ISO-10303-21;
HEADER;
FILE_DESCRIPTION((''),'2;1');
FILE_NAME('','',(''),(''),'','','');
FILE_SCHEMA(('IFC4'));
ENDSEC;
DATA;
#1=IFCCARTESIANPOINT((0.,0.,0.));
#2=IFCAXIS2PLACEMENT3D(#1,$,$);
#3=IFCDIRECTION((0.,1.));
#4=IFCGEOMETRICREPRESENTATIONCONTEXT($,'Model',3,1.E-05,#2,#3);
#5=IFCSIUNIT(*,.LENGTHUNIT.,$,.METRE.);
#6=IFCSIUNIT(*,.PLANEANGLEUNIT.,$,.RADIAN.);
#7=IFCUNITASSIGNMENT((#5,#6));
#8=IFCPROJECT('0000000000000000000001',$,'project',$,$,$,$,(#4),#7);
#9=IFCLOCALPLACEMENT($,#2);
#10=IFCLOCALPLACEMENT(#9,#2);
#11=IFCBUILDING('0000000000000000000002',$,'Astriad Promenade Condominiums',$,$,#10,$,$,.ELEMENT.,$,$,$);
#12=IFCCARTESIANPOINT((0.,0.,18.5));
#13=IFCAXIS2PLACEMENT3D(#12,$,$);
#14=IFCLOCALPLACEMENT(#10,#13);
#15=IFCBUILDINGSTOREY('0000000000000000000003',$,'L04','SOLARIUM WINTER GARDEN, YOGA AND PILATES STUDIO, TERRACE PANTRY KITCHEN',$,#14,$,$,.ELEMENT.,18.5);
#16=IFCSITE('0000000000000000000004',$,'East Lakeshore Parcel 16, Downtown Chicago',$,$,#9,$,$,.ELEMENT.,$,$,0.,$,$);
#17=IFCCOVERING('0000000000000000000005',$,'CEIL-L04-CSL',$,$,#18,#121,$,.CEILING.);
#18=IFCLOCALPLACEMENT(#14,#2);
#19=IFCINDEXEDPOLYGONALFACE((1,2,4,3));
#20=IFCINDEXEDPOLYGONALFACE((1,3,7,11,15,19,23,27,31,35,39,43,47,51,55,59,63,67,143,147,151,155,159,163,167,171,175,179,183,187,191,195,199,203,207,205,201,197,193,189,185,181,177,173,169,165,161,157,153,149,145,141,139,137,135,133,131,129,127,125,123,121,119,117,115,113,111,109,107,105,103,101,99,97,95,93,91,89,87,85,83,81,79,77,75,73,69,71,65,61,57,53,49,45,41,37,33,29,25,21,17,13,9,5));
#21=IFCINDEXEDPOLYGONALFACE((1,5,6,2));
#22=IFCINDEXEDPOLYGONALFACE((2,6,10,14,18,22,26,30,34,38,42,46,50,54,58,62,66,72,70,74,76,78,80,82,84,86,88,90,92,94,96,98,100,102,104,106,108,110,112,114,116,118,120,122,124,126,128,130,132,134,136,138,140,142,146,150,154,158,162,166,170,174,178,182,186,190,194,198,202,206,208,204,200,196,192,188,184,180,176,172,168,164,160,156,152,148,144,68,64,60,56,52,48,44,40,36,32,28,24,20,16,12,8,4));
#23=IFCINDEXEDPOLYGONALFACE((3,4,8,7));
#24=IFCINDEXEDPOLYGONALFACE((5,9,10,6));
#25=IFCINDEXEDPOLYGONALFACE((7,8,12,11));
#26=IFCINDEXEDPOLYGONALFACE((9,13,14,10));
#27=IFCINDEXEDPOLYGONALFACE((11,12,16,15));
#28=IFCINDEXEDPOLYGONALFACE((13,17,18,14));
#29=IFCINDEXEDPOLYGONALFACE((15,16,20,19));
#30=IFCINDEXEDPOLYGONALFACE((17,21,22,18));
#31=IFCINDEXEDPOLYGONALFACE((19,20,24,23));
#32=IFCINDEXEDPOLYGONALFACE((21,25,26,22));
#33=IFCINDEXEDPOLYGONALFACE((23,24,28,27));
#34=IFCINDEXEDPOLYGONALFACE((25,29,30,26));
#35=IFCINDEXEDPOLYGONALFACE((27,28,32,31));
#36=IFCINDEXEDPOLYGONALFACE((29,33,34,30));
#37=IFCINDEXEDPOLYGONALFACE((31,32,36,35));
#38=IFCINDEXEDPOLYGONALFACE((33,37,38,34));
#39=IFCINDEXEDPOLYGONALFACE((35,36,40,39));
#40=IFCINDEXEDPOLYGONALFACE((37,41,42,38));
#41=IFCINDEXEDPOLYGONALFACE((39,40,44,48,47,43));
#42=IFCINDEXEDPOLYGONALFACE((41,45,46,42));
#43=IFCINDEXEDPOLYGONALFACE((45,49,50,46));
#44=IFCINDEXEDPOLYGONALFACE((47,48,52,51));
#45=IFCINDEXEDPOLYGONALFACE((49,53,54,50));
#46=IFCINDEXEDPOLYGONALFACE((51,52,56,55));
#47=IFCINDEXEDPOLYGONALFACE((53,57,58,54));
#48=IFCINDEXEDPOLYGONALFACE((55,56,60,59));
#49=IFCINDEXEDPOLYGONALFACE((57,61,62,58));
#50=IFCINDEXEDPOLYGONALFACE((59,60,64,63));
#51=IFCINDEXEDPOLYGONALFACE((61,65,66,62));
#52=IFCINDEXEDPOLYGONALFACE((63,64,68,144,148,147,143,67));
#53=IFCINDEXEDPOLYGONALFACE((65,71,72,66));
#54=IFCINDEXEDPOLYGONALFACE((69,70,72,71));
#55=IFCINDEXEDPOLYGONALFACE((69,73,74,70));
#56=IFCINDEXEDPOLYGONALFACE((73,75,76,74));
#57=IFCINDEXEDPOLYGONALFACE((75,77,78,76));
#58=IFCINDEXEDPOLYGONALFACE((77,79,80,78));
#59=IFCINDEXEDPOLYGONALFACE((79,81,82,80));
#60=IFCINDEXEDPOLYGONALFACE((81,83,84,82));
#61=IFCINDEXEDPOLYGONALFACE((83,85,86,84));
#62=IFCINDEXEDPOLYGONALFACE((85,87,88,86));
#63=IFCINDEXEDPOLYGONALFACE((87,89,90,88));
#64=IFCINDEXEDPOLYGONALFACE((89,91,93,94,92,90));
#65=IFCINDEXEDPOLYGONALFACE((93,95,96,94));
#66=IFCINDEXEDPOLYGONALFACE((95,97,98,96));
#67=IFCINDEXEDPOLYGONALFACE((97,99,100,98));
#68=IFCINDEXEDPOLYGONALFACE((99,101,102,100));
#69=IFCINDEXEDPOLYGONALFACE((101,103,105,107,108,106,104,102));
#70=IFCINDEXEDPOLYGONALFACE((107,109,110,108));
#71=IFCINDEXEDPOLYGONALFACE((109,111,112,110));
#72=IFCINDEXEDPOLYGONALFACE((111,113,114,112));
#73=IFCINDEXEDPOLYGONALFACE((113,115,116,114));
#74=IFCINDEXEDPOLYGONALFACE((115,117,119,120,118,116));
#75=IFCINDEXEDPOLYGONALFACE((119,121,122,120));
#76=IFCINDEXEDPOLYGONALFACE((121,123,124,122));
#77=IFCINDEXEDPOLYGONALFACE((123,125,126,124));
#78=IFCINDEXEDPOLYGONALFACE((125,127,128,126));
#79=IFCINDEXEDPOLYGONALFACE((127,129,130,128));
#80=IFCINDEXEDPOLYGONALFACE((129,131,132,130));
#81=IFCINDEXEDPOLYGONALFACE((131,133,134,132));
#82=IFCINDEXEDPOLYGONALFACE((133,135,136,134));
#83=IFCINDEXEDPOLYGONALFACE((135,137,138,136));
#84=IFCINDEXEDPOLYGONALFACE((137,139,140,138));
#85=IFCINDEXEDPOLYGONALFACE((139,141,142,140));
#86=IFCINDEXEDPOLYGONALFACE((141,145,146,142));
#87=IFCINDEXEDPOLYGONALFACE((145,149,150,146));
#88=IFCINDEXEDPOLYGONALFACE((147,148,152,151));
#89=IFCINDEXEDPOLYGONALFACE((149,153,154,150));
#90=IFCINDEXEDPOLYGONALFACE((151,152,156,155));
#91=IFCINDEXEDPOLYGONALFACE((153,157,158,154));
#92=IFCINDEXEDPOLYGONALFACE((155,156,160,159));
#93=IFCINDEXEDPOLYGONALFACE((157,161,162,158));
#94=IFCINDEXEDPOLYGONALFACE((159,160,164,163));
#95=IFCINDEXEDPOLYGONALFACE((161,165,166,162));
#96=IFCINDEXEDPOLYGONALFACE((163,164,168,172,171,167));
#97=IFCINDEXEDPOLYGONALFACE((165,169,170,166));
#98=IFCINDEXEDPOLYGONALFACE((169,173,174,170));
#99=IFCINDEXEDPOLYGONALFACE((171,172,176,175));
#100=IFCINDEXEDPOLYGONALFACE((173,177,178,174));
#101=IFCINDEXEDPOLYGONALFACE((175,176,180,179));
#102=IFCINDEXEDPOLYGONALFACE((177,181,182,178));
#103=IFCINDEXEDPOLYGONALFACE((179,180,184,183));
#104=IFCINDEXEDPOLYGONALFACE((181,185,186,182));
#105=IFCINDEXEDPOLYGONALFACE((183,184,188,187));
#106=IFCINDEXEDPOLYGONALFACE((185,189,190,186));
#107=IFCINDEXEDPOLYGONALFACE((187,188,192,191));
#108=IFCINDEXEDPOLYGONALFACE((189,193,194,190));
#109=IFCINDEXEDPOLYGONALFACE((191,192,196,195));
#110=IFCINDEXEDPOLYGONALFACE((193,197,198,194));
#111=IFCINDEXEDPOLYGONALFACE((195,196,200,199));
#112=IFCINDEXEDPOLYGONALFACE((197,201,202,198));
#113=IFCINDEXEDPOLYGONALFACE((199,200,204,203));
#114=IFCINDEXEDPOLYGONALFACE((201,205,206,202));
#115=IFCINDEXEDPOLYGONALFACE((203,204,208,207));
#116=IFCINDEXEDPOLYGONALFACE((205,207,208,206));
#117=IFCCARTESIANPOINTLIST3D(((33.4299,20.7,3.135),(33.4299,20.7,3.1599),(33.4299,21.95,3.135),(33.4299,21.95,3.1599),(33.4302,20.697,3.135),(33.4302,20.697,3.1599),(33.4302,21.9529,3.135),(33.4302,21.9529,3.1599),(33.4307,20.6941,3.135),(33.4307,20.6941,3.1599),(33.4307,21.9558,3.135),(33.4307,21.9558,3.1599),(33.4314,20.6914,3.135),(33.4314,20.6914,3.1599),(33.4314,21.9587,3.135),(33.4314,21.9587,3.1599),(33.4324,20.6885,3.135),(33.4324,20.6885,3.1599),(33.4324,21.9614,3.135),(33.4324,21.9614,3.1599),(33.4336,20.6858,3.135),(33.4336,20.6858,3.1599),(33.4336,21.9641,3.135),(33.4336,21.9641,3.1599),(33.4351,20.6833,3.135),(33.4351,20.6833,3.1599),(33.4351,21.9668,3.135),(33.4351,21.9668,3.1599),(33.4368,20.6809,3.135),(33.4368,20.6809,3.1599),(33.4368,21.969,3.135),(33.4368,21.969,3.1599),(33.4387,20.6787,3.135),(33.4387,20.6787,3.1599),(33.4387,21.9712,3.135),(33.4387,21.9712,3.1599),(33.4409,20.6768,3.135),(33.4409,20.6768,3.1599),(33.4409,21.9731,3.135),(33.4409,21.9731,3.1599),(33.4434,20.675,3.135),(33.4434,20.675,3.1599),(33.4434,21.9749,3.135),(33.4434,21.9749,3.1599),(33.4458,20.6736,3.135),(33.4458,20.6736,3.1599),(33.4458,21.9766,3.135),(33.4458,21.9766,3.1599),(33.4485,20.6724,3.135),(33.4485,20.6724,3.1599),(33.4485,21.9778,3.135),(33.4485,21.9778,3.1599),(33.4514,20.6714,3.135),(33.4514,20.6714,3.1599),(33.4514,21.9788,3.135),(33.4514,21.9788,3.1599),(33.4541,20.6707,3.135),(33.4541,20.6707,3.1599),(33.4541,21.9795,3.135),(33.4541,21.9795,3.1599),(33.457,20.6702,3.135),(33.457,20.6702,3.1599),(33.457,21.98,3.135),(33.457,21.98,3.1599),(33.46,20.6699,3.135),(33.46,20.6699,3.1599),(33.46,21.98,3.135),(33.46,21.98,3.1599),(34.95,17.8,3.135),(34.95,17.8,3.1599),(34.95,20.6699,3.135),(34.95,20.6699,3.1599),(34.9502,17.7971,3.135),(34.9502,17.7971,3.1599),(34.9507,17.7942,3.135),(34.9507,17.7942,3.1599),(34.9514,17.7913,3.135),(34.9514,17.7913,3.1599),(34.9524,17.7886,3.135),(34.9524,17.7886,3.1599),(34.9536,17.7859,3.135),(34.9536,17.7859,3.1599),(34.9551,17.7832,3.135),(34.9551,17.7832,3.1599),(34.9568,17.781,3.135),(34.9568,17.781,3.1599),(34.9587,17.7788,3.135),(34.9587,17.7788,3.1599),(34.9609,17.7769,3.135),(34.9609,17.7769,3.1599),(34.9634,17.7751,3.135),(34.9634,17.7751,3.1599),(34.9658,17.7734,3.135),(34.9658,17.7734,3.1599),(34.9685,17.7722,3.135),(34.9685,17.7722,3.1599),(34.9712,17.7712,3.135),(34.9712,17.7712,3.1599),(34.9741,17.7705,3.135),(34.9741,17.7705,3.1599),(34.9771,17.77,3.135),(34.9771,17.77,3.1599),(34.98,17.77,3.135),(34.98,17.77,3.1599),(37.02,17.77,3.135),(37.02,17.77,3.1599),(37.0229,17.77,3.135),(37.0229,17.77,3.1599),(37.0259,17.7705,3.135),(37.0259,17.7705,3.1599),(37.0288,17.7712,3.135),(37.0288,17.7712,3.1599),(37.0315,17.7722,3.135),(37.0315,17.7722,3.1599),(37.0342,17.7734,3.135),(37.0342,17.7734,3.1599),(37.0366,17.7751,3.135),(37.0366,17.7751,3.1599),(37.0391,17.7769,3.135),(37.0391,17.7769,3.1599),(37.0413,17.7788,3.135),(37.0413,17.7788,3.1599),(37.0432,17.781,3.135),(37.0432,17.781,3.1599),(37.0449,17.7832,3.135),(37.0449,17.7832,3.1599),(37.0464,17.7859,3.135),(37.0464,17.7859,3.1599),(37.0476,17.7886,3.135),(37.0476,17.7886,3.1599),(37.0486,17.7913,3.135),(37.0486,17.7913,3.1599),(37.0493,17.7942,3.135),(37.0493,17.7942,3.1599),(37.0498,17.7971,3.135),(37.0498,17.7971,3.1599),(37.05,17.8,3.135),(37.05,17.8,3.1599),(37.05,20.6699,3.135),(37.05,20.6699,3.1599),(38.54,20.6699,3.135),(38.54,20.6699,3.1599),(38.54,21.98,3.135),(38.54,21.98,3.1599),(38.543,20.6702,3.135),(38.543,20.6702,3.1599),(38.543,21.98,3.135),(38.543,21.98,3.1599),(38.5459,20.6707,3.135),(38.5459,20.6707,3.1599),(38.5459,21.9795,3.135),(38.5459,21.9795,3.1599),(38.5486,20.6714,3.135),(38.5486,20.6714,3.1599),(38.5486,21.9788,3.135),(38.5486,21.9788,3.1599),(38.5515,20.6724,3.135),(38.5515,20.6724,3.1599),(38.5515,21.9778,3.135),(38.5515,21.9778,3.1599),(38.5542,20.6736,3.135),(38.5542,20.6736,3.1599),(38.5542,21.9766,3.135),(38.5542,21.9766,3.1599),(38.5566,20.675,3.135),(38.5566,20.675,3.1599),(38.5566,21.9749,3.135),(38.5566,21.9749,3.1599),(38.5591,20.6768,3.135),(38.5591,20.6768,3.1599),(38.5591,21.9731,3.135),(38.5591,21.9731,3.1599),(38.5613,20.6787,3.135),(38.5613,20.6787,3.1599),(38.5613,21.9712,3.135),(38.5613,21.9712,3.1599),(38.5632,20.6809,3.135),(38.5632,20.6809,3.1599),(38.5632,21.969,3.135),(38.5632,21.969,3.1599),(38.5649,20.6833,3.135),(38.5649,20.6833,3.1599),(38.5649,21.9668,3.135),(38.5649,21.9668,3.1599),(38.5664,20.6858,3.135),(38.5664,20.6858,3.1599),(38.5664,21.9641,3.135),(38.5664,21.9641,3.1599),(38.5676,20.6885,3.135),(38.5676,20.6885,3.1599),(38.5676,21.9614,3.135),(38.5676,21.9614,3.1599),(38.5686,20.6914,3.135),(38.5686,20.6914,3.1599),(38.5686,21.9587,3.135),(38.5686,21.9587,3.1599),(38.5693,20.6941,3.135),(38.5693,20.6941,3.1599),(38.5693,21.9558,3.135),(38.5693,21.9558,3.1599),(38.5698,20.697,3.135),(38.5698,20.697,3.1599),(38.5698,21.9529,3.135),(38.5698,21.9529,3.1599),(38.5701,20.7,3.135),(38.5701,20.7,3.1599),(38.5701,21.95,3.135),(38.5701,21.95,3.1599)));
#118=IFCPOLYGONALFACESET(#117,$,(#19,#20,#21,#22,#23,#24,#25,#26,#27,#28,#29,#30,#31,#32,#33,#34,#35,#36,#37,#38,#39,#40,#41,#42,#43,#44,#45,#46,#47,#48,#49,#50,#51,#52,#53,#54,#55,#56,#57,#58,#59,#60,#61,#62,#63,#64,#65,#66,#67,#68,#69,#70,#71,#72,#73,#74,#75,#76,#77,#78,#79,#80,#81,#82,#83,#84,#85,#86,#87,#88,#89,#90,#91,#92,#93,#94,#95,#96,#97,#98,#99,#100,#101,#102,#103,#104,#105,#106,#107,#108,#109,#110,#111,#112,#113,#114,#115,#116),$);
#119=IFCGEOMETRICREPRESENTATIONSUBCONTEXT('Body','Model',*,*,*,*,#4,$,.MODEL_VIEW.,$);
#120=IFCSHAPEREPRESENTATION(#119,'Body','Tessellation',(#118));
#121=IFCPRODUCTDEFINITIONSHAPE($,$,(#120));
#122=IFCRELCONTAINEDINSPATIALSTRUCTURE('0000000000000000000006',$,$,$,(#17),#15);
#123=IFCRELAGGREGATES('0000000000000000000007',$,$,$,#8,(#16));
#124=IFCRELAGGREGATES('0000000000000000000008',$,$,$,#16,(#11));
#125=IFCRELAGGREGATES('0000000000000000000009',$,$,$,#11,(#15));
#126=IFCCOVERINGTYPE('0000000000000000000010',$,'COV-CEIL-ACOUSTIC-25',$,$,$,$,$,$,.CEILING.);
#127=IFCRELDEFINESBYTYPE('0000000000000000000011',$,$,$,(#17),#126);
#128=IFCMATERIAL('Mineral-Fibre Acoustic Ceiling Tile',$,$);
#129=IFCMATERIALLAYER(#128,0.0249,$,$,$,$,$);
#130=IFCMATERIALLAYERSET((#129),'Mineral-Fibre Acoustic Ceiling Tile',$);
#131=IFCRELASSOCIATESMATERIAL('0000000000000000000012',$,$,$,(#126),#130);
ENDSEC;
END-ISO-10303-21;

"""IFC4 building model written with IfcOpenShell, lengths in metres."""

from ifc_helpers import new_model, si_unit, direction, frame, origin, place, context, subcontext, project, spatial, polyline, outline, extrude, material, layer, layer_set, type_object, element, save


model = new_model("IFC4")

# Units and contexts
model_context = context("Model", 3, precision=1e-05, world=origin(), true_north=direction((0.0, 1.0)))
body_context = subcontext(model_context, "Body", "Model", "MODEL_VIEW")
ifc_project = project(units=[si_unit("LENGTHUNIT", "METRE"), si_unit("PLANEANGLEUNIT", "RADIAN")], contexts=[model_context])

# Site, building, storey
site_placement = place(None, origin())
site = spatial("IfcSite", under=ifc_project, at=site_placement, Name="East Lakeshore Parcel 16, Downtown Chicago", CompositionType="ELEMENT", RefElevation=0.0)
building_placement = place(site_placement, origin())
building = spatial("IfcBuilding", under=site, at=building_placement, Name="Astriad Promenade Condominiums", CompositionType="ELEMENT")
storey_placement = place(building_placement, frame((0.0, 0.0, 18.5)))
storey = spatial("IfcBuildingStorey", under=building, at=storey_placement, Name="L04", Description="SOLARIUM WINTER GARDEN, YOGA AND PILATES STUDIO, TERRACE PANTRY KITCHEN", CompositionType="ELEMENT", Elevation=18.5)

# Covering
ifc_material_1 = material(Name="Mineral-Fibre Acoustic Ceiling Tile")
ifc_layer_1 = layer(ifc_material_1, 0.0249)
ifc_layer_set_1 = layer_set([ifc_layer_1], Name="Mineral-Fibre Acoustic Ceiling Tile")
covering_type_1 = type_object("IfcCoveringType", Name="COV-CEIL-ACOUSTIC-25", PredefinedType="CEILING", material=ifc_layer_set_1)
covering_1_placement = place(storey_placement, frame((0.0, 0.0, 3.135)))
element("IfcCovering", 1, at=covering_1_placement, inside=storey, type_object=covering_type_1, Name="CEIL-L04-CSL", PredefinedType="CEILING", context=body_context, shape_type="SweptSolid", body=[
    extrude(outline(polyline([(37.05, 17.8), (37.0498, 17.7971), (37.0493, 17.7942), (37.0486, 17.7913), (37.0476, 17.7886), (37.0464, 17.7859), (37.0449, 17.7832), (37.0432, 17.781), (37.0413, 17.7788), (37.0391, 17.7769), (37.0366, 17.7751), (37.0342, 17.7734), (37.0315, 17.7722), (37.0288, 17.7712), (37.0259, 17.7705), (37.0229, 17.77), (37.02, 17.77), (34.98, 17.77), (34.9771, 17.77), (34.9741, 17.7705), (34.9712, 17.7712), (34.9685, 17.7722), (34.9658, 17.7734), (34.9634, 17.7751), (34.9609, 17.7769), (34.9587, 17.7788), (34.9568, 17.781), (34.9551, 17.7832), (34.9536, 17.7859), (34.9524, 17.7886), (34.9514, 17.7913), (34.9507, 17.7942), (34.9502, 17.7971), (34.95, 17.8), (34.95, 20.6699), (33.46, 20.6699), (33.457, 20.6702), (33.4541, 20.6707), (33.4514, 20.6714), (33.4485, 20.6724), (33.4458, 20.6736), (33.4434, 20.675), (33.4409, 20.6768), (33.4387, 20.6787), (33.4368, 20.6809), (33.4351, 20.6833), (33.4336, 20.6858), (33.4324, 20.6885), (33.4314, 20.6914), (33.4307, 20.6941), (33.4302, 20.697), (33.4299, 20.7), (33.4299, 21.95), (33.4302, 21.9529), (33.4307, 21.9558), (33.4314, 21.9587), (33.4324, 21.9614), (33.4336, 21.9641), (33.4351, 21.9668), (33.4368, 21.969), (33.4387, 21.9712), (33.4409, 21.9731), (33.4434, 21.9749), (33.4458, 21.9766), (33.4485, 21.9778), (33.4514, 21.9788), (33.4541, 21.9795), (33.457, 21.98), (33.46, 21.98), (38.54, 21.98), (38.543, 21.98), (38.5459, 21.9795), (38.5486, 21.9788), (38.5515, 21.9778), (38.5542, 21.9766), (38.5566, 21.9749), (38.5591, 21.9731), (38.5613, 21.9712), (38.5632, 21.969), (38.5649, 21.9668), (38.5664, 21.9641), (38.5676, 21.9614), (38.5686, 21.9587), (38.5693, 21.9558), (38.5698, 21.9529), (38.5701, 21.95), (38.5701, 20.7), (38.5698, 20.697), (38.5693, 20.6941), (38.5686, 20.6914), (38.5676, 20.6885), (38.5664, 20.6858), (38.5649, 20.6833), (38.5632, 20.6809), (38.5613, 20.6787), (38.5591, 20.6768), (38.5566, 20.675), (38.5542, 20.6736), (38.5515, 20.6724), (38.5486, 20.6714), (38.5459, 20.6707), (38.543, 20.6702), (38.54, 20.6699), (37.05, 20.6699), (37.05, 17.8)])), origin(), (0.0, 0.0, 1.0), 0.0249),
])

save(model, "model.ifc")
